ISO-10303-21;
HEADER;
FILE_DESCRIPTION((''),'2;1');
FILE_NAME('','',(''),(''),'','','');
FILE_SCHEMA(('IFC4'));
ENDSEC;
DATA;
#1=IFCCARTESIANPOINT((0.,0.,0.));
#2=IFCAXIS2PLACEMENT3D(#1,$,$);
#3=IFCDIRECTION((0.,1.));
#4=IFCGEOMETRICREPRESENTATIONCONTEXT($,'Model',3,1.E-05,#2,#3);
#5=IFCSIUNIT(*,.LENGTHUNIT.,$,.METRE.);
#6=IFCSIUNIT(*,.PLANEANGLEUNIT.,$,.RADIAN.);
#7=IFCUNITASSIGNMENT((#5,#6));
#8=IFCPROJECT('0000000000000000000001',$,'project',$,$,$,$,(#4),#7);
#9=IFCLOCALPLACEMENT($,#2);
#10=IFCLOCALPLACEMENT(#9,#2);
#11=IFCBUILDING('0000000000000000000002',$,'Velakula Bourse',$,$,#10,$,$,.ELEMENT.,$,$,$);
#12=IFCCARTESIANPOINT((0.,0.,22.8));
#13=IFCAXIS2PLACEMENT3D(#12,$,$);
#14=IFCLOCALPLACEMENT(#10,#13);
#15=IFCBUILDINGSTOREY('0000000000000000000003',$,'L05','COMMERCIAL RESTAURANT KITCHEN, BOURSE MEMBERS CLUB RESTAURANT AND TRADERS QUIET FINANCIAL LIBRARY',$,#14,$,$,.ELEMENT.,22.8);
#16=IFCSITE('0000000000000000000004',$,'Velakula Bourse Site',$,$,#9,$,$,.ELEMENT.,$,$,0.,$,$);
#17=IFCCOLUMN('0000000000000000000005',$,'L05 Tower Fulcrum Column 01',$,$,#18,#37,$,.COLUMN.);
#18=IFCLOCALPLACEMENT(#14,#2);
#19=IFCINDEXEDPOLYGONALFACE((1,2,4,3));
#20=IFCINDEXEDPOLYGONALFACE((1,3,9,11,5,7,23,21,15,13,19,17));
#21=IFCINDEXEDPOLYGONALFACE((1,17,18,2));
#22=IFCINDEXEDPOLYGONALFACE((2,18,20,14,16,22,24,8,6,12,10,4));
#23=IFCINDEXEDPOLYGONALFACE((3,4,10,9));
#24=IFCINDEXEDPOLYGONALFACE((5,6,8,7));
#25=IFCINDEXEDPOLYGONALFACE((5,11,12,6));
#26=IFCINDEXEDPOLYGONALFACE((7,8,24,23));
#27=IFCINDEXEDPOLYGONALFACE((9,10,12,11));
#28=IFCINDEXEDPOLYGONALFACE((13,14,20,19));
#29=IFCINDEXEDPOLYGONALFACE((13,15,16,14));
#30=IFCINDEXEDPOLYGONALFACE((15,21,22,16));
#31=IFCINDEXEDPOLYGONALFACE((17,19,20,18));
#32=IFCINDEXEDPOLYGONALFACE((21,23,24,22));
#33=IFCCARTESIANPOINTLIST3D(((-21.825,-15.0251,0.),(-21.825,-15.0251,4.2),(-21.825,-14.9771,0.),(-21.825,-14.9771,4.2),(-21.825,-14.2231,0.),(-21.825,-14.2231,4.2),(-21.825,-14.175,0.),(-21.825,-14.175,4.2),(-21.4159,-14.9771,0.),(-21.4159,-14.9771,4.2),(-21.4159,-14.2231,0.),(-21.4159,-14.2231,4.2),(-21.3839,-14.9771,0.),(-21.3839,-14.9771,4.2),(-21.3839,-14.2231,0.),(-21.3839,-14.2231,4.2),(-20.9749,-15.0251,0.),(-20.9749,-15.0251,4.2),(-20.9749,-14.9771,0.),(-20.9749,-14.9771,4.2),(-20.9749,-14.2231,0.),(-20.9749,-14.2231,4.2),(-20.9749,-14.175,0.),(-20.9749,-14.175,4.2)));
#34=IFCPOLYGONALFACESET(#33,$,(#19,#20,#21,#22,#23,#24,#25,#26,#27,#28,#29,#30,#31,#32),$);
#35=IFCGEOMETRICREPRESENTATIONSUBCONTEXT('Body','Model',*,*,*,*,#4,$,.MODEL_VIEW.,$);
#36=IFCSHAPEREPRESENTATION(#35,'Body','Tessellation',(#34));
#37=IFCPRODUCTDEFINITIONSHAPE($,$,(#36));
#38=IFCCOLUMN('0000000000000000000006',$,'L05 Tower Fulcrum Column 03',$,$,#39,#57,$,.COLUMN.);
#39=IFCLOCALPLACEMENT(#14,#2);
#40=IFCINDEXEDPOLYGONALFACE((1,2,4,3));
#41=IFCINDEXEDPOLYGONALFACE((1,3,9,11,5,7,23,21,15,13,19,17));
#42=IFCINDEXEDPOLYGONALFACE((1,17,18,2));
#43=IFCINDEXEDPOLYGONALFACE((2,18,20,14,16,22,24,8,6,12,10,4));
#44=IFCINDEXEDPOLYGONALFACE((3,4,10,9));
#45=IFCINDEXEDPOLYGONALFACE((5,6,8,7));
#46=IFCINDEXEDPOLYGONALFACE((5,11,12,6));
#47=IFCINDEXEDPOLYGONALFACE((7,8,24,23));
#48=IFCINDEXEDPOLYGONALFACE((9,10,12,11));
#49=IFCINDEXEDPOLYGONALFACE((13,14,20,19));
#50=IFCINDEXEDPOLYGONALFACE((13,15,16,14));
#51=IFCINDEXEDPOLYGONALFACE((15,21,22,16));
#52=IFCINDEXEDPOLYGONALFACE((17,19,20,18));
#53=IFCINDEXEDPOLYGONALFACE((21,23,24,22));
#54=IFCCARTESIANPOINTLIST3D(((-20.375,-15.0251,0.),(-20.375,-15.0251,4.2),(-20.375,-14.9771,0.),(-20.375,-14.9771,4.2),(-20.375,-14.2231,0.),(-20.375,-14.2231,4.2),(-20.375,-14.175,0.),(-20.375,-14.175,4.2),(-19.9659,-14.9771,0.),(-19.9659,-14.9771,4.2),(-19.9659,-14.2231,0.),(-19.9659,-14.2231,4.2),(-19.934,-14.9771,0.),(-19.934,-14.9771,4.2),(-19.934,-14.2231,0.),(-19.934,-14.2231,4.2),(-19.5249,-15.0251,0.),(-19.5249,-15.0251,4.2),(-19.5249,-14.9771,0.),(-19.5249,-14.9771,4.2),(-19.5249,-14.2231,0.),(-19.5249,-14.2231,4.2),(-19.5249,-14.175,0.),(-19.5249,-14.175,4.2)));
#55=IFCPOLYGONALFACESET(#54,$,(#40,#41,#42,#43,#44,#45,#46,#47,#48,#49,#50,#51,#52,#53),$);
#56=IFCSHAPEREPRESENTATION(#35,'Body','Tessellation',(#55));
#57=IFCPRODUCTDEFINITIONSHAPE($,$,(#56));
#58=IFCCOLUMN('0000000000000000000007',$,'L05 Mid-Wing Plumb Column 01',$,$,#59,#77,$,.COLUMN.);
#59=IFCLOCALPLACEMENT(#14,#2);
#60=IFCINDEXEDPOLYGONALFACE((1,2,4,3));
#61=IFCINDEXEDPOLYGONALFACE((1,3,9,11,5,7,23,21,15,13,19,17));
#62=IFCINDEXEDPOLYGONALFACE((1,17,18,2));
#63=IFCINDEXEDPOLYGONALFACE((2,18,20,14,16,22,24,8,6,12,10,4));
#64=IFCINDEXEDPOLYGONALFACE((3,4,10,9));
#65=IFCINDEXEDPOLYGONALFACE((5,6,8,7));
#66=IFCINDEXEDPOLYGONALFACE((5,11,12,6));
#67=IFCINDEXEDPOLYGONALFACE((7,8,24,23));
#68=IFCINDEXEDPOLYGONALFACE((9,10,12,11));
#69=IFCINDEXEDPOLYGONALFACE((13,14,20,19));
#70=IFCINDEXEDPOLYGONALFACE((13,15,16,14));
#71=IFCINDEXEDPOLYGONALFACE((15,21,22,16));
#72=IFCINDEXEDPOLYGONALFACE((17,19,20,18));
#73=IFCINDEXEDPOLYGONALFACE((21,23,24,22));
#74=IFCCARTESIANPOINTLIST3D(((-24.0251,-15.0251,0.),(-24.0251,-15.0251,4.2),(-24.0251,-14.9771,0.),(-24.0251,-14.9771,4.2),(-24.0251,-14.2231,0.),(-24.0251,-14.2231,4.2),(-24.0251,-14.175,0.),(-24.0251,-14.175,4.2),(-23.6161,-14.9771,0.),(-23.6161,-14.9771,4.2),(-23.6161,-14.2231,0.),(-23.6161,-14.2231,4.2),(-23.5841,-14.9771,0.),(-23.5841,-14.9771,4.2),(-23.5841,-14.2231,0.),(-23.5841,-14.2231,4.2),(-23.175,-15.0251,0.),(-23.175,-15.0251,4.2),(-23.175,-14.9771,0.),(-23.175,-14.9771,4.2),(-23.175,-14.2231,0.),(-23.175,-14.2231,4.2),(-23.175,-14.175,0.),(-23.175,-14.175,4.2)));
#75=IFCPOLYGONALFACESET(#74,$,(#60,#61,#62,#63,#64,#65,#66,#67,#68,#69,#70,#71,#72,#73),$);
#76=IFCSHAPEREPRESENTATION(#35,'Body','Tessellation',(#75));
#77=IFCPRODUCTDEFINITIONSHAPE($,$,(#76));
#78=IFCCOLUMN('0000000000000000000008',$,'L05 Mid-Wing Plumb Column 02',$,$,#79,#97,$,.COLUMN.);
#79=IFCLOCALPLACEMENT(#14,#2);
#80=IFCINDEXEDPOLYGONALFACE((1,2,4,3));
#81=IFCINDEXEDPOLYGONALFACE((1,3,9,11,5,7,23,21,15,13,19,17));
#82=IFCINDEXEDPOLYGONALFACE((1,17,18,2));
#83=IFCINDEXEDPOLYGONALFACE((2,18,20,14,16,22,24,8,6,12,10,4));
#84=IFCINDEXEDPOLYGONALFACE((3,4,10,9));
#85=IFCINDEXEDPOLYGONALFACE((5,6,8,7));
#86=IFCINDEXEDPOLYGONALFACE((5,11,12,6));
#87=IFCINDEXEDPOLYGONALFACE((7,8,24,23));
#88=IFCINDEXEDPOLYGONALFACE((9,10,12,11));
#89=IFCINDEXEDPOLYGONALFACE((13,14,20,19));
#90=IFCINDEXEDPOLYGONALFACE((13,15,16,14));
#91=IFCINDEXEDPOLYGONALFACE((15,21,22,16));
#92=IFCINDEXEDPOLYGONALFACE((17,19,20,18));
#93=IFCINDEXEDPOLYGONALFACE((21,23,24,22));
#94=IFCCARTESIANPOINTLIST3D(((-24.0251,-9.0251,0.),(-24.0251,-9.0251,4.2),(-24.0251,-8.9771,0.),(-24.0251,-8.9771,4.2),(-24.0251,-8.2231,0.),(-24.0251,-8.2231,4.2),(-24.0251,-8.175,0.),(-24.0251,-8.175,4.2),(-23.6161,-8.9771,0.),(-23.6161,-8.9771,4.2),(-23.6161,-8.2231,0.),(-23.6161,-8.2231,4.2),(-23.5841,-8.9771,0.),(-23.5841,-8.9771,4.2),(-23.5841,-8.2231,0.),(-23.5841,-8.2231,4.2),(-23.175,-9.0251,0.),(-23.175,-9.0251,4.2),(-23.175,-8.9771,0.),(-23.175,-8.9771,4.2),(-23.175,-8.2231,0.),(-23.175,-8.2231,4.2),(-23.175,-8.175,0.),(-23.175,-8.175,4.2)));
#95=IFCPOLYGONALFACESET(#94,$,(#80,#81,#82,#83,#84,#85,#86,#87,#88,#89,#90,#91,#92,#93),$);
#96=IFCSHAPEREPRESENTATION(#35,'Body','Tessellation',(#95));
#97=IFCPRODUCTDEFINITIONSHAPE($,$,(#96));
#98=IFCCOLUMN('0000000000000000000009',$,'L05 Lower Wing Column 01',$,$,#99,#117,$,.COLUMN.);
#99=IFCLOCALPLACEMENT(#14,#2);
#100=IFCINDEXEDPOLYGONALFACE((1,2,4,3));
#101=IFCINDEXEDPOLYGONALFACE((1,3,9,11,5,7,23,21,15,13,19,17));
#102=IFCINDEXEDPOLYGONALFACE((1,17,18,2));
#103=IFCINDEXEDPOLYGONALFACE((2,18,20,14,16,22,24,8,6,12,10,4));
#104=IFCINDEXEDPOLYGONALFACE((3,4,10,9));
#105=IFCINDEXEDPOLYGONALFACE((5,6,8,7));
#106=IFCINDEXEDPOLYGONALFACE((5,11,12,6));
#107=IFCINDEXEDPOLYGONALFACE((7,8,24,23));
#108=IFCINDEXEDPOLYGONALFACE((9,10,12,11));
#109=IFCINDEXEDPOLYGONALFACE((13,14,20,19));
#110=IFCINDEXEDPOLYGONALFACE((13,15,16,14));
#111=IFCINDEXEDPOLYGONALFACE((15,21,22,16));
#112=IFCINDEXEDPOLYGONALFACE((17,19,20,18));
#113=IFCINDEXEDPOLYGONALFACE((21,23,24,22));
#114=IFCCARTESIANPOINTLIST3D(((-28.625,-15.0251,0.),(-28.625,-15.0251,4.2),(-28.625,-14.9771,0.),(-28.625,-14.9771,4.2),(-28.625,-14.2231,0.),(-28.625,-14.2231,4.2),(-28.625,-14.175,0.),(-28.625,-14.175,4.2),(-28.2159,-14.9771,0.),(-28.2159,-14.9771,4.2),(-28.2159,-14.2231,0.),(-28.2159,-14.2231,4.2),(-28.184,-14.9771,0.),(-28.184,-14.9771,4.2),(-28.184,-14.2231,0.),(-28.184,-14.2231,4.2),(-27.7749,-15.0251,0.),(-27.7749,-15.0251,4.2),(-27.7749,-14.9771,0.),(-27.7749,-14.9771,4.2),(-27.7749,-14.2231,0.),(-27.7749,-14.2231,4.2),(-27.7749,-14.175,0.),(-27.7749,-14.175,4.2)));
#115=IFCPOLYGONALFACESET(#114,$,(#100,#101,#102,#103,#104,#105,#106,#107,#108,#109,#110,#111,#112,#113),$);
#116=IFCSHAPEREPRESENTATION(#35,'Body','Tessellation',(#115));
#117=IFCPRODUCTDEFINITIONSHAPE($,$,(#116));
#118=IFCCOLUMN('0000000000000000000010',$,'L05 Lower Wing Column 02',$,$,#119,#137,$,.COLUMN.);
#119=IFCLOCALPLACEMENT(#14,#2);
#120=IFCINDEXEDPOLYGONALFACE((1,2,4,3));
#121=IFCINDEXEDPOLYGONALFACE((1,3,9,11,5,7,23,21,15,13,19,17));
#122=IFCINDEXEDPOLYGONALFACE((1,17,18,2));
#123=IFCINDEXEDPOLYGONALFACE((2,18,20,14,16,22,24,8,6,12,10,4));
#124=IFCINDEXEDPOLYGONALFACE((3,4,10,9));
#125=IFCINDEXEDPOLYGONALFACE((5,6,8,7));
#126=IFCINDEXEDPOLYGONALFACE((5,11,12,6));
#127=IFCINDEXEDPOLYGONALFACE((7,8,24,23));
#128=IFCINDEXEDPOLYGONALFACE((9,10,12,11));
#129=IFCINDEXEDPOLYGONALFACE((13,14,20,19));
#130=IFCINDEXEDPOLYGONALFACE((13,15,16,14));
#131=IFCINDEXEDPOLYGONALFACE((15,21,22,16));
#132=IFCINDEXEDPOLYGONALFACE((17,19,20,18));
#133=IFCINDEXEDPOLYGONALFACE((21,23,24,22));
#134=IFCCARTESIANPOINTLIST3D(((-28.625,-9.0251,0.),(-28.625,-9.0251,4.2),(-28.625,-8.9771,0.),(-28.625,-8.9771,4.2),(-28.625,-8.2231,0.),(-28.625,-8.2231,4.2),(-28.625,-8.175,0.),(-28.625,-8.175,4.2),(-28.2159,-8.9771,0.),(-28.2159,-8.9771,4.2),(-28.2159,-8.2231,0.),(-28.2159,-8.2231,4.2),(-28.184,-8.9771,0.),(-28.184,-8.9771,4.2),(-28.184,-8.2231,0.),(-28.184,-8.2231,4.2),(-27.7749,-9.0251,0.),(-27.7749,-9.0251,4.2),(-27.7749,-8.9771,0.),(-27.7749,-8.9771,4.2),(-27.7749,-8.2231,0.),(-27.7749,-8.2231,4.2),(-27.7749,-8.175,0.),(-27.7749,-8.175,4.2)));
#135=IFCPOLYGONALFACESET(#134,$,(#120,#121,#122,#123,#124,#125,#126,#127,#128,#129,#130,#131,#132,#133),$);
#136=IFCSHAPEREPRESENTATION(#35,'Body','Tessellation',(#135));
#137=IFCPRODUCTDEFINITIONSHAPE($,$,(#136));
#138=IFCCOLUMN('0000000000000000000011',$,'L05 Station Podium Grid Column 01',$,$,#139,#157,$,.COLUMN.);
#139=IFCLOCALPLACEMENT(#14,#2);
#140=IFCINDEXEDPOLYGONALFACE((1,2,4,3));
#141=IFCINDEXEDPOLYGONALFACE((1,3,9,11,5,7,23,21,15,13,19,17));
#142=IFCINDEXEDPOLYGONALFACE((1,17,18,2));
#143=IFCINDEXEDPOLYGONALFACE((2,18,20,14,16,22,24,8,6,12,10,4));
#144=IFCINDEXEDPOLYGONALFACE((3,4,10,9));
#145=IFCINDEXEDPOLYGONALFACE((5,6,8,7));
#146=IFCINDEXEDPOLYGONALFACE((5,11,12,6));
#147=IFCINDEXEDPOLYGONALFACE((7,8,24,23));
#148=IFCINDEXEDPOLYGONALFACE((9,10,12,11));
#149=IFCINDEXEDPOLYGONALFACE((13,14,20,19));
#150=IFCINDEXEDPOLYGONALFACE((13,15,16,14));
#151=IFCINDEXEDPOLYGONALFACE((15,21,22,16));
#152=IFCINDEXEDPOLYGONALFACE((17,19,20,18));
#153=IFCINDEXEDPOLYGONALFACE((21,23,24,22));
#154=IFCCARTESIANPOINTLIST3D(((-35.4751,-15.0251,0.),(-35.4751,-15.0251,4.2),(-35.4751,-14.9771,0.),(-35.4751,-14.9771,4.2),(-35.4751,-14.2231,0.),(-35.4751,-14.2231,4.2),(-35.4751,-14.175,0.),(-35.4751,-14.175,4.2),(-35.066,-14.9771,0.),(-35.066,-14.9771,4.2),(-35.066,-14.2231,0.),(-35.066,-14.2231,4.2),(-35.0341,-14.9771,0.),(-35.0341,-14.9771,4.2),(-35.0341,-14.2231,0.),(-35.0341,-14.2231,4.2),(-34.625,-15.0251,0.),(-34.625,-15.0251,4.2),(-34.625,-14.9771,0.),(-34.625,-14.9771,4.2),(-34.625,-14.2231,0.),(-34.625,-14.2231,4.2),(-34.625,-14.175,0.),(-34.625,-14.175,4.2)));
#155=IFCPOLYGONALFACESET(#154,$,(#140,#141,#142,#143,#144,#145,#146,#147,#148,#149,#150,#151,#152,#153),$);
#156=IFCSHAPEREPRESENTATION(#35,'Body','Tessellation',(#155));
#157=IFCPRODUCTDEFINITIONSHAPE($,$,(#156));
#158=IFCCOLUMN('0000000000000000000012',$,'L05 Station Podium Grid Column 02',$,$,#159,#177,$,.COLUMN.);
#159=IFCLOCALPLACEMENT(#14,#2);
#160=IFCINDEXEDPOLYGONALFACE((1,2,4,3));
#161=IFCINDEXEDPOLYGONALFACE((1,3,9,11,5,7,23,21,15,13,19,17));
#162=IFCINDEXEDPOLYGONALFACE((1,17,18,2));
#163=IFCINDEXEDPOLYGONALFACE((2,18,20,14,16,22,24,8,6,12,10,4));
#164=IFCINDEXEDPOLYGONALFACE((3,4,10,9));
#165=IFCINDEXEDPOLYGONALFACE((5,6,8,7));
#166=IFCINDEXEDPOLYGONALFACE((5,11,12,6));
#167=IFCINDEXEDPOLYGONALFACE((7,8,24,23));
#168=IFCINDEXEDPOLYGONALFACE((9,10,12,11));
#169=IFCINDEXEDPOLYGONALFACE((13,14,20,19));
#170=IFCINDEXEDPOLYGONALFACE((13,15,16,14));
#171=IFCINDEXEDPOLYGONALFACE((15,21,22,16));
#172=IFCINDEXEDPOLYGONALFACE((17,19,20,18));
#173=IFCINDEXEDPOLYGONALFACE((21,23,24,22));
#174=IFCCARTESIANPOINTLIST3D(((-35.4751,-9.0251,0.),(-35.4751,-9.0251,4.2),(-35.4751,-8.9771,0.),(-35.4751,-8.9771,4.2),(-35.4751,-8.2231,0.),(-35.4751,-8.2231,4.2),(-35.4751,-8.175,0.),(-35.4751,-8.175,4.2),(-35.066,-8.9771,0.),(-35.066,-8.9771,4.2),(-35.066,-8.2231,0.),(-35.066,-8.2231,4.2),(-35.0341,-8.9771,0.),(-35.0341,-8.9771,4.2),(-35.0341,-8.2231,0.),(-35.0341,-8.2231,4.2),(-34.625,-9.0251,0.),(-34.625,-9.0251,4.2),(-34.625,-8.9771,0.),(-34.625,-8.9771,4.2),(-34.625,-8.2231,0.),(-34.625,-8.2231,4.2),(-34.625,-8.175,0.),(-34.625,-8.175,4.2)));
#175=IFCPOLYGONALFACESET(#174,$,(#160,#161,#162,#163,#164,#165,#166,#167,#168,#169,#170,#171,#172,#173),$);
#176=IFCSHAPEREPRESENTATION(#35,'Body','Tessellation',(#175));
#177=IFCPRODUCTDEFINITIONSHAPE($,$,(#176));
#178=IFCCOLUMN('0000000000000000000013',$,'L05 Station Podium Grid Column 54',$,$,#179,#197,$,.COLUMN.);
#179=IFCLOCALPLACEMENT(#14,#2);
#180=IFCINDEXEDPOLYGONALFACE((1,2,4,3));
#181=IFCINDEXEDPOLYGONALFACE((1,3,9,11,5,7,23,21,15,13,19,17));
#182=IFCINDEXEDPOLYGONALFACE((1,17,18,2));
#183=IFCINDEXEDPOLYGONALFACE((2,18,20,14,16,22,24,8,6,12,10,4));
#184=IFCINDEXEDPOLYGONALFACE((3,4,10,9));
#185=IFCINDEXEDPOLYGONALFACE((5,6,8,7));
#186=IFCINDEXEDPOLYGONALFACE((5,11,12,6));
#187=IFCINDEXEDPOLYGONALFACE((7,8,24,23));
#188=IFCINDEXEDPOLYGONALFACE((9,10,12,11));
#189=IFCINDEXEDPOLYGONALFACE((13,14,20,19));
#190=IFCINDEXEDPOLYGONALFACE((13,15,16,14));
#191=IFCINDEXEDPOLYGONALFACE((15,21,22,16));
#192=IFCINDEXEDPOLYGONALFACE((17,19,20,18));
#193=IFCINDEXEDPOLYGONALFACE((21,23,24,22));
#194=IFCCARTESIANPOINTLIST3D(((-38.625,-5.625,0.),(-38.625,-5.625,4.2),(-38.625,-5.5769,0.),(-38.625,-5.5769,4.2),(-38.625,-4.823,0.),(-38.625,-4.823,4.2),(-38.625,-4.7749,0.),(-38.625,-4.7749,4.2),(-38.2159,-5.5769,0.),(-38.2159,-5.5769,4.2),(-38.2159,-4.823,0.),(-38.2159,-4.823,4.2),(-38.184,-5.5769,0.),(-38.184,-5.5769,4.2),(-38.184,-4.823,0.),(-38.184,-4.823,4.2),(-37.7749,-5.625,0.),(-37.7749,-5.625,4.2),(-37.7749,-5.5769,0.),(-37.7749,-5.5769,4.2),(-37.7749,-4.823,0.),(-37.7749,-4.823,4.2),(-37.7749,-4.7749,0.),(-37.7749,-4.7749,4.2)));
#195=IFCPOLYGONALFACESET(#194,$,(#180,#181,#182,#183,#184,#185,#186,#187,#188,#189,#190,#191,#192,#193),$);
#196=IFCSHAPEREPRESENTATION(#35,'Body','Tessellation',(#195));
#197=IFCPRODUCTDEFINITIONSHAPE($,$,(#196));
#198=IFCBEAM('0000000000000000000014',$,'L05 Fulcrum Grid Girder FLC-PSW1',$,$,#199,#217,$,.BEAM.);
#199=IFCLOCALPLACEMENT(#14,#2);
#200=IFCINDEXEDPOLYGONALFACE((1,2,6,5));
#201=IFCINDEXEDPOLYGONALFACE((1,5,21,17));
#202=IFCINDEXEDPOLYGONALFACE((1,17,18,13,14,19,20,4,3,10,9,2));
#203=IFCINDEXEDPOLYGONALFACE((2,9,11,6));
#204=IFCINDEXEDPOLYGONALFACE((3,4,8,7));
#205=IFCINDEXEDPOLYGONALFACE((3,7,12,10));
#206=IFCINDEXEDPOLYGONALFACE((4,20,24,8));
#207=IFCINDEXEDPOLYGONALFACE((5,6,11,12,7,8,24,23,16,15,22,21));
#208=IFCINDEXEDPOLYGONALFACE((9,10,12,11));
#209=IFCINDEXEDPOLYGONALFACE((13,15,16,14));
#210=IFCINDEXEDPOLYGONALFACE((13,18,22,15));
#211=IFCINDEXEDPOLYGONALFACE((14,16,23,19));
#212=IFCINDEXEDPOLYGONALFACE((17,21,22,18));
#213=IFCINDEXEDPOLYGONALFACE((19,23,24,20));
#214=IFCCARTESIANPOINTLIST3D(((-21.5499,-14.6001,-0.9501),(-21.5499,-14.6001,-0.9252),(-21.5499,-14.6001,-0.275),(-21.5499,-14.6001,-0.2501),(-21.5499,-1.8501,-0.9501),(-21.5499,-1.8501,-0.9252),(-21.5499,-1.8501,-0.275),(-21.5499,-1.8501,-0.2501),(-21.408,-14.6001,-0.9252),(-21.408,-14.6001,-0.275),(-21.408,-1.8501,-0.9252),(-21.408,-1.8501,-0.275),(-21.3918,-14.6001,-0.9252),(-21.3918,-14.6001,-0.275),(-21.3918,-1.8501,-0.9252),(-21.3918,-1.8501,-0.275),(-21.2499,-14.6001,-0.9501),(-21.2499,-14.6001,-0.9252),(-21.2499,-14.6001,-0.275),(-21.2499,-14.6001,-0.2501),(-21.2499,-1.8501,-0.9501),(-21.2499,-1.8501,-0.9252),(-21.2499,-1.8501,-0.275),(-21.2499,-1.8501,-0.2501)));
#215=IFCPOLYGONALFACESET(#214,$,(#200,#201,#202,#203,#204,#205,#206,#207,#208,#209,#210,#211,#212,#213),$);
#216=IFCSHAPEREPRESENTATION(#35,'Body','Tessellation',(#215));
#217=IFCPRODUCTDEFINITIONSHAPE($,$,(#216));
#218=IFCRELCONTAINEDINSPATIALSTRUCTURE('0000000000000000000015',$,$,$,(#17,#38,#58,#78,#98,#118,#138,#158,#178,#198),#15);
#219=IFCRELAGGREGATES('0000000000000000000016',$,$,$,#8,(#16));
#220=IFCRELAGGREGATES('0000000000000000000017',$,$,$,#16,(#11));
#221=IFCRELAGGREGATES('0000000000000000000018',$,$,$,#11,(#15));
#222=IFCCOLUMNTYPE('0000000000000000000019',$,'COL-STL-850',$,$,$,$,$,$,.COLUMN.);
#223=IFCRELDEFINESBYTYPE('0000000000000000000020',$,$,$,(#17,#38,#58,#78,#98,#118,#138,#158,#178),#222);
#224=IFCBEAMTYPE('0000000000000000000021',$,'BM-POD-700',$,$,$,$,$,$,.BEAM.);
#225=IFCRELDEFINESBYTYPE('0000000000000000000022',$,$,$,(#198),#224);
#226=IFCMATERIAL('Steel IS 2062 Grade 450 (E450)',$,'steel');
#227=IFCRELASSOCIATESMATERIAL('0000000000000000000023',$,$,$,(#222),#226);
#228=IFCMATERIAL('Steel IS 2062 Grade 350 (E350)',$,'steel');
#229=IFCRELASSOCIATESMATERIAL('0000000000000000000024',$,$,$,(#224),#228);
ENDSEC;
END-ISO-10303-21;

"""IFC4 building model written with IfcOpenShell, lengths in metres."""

from ifc_helpers import new_model, si_unit, direction, frame, origin, origin_2d, place, context, subcontext, project, spatial, i_section, extrude, material, material_profile, profile_set, type_object, element, save


model = new_model("IFC4")

# Units and contexts
model_context = context("Model", 3, precision=1e-05, world=origin(), true_north=direction((0.0, 1.0)))
body_context = subcontext(model_context, "Body", "Model", "MODEL_VIEW")
ifc_project = project(units=[si_unit("LENGTHUNIT", "METRE"), si_unit("PLANEANGLEUNIT", "RADIAN")], contexts=[model_context])

# Site, building, storey
site_placement = place(None, origin())
site = spatial("IfcSite", under=ifc_project, at=site_placement, Name="Velakula Bourse Site", CompositionType="ELEMENT", RefElevation=0.0)
building_placement = place(site_placement, origin())
building = spatial("IfcBuilding", under=site, at=building_placement, Name="Velakula Bourse", CompositionType="ELEMENT")
storey_placement = place(building_placement, frame((0.0, 0.0, 22.8)))
storey = spatial("IfcBuildingStorey", under=building, at=storey_placement, Name="L05", Description="COMMERCIAL RESTAURANT KITCHEN, BOURSE MEMBERS CLUB RESTAURANT AND TRADERS QUIET FINANCIAL LIBRARY", CompositionType="ELEMENT", Elevation=22.8)

# Columns
ifc_material_1 = material(Name="Steel IS 2062 Grade 450 (E450)", Category="steel")
ifc_material_profile_1 = material_profile(ifc_material_1, i_section(OverallWidth=0.8501, OverallDepth=0.8501, WebThickness=0.032, FlangeThickness=0.0481, at=origin_2d()), Name="Steel IS 2062 Grade 450 (E450)")
ifc_profile_set_1 = profile_set([ifc_material_profile_1], Name="Steel IS 2062 Grade 450 (E450)")
column_type = type_object("IfcColumnType", Name="COL-STL-850", PredefinedType="COLUMN", material=ifc_profile_set_1)
for number, where, z_axis, x_axis, name in (
    (1, (-21.3999, -14.6001, 0.0), (0.0, 0.0, 1.0), (1.0, 0.0, 0.0), "L05 Tower Fulcrum Column 01"),
    (2, (-19.95, -14.6001, 0.0), (0.0, 0.0, 1.0), (1.0, 0.0, 0.0), "L05 Tower Fulcrum Column 03"),
    (3, (-23.6001, -14.6001, 0.0), (0.0, 0.0, 1.0), (1.0, 0.0, 0.0), "L05 Mid-Wing Plumb Column 01"),
    (4, (-23.6001, -8.6001, 0.0), (0.0, 0.0, 1.0), (1.0, 0.0, 0.0), "L05 Mid-Wing Plumb Column 02"),
    (5, (-28.2, -14.6001, 0.0), (0.0, 0.0, 1.0), (1.0, 0.0, 0.0), "L05 Lower Wing Column 01"),
    (6, (-28.2, -8.6001, 0.0), (0.0, 0.0, 1.0), (1.0, 0.0, 0.0), "L05 Lower Wing Column 02"),
    (7, (-35.05, -14.6001, 0.0), (0.0, 0.0, 1.0), (1.0, 0.0, 0.0), "L05 Station Podium Grid Column 01"),
    (8, (-35.05, -8.6001, 0.0), (0.0, 0.0, 1.0), (1.0, 0.0, 0.0), "L05 Station Podium Grid Column 02"),
    (9, (-38.2, -5.2, 0.0), (0.0, 0.0, 1.0), (1.0, 0.0, 0.0), "L05 Station Podium Grid Column 54"),
):
    element("IfcColumn", number, at=place(storey_placement, frame(where, z_axis=z_axis, x_axis=x_axis)), inside=storey, type_object=column_type, Name=name, PredefinedType="COLUMN", context=body_context, shape_type="SweptSolid", body=[
        extrude(i_section(OverallWidth=0.8501, OverallDepth=0.8501, WebThickness=0.032, FlangeThickness=0.0481, at=origin_2d()), origin(), (0.0, 0.0, 1.0), 4.2),
    ])

# Beam
ifc_material_2 = material(Name="Steel IS 2062 Grade 350 (E350)", Category="steel")
ifc_material_profile_2 = material_profile(ifc_material_2, i_section(OverallWidth=0.3, OverallDepth=0.7, WebThickness=0.0161, FlangeThickness=0.0249, at=origin_2d()), Name="Steel IS 2062 Grade 350 (E350)")
ifc_profile_set_2 = profile_set([ifc_material_profile_2], Name="Steel IS 2062 Grade 350 (E350)")
beam_type_1 = type_object("IfcBeamType", Name="BM-POD-700", PredefinedType="BEAM", material=ifc_profile_set_2)
for number, where, z_axis, x_axis, name in (
    (10, (-21.3999, -14.6001, -0.6001), (0.0, 1.0, 0.0), (-1.0, 0.0, 0.0), "L05 Fulcrum Grid Girder FLC-PSW1"),
):
    element("IfcBeam", number, at=place(storey_placement, frame(where, z_axis=z_axis, x_axis=x_axis)), inside=storey, type_object=beam_type_1, Name=name, PredefinedType="BEAM", context=body_context, shape_type="SweptSolid", body=[
        extrude(i_section(OverallWidth=0.3, OverallDepth=0.7, WebThickness=0.0161, FlangeThickness=0.0249, at=origin_2d()), origin(), (0.0, 0.0, 1.0), 12.75),
    ])

save(model, "model.ifc")
